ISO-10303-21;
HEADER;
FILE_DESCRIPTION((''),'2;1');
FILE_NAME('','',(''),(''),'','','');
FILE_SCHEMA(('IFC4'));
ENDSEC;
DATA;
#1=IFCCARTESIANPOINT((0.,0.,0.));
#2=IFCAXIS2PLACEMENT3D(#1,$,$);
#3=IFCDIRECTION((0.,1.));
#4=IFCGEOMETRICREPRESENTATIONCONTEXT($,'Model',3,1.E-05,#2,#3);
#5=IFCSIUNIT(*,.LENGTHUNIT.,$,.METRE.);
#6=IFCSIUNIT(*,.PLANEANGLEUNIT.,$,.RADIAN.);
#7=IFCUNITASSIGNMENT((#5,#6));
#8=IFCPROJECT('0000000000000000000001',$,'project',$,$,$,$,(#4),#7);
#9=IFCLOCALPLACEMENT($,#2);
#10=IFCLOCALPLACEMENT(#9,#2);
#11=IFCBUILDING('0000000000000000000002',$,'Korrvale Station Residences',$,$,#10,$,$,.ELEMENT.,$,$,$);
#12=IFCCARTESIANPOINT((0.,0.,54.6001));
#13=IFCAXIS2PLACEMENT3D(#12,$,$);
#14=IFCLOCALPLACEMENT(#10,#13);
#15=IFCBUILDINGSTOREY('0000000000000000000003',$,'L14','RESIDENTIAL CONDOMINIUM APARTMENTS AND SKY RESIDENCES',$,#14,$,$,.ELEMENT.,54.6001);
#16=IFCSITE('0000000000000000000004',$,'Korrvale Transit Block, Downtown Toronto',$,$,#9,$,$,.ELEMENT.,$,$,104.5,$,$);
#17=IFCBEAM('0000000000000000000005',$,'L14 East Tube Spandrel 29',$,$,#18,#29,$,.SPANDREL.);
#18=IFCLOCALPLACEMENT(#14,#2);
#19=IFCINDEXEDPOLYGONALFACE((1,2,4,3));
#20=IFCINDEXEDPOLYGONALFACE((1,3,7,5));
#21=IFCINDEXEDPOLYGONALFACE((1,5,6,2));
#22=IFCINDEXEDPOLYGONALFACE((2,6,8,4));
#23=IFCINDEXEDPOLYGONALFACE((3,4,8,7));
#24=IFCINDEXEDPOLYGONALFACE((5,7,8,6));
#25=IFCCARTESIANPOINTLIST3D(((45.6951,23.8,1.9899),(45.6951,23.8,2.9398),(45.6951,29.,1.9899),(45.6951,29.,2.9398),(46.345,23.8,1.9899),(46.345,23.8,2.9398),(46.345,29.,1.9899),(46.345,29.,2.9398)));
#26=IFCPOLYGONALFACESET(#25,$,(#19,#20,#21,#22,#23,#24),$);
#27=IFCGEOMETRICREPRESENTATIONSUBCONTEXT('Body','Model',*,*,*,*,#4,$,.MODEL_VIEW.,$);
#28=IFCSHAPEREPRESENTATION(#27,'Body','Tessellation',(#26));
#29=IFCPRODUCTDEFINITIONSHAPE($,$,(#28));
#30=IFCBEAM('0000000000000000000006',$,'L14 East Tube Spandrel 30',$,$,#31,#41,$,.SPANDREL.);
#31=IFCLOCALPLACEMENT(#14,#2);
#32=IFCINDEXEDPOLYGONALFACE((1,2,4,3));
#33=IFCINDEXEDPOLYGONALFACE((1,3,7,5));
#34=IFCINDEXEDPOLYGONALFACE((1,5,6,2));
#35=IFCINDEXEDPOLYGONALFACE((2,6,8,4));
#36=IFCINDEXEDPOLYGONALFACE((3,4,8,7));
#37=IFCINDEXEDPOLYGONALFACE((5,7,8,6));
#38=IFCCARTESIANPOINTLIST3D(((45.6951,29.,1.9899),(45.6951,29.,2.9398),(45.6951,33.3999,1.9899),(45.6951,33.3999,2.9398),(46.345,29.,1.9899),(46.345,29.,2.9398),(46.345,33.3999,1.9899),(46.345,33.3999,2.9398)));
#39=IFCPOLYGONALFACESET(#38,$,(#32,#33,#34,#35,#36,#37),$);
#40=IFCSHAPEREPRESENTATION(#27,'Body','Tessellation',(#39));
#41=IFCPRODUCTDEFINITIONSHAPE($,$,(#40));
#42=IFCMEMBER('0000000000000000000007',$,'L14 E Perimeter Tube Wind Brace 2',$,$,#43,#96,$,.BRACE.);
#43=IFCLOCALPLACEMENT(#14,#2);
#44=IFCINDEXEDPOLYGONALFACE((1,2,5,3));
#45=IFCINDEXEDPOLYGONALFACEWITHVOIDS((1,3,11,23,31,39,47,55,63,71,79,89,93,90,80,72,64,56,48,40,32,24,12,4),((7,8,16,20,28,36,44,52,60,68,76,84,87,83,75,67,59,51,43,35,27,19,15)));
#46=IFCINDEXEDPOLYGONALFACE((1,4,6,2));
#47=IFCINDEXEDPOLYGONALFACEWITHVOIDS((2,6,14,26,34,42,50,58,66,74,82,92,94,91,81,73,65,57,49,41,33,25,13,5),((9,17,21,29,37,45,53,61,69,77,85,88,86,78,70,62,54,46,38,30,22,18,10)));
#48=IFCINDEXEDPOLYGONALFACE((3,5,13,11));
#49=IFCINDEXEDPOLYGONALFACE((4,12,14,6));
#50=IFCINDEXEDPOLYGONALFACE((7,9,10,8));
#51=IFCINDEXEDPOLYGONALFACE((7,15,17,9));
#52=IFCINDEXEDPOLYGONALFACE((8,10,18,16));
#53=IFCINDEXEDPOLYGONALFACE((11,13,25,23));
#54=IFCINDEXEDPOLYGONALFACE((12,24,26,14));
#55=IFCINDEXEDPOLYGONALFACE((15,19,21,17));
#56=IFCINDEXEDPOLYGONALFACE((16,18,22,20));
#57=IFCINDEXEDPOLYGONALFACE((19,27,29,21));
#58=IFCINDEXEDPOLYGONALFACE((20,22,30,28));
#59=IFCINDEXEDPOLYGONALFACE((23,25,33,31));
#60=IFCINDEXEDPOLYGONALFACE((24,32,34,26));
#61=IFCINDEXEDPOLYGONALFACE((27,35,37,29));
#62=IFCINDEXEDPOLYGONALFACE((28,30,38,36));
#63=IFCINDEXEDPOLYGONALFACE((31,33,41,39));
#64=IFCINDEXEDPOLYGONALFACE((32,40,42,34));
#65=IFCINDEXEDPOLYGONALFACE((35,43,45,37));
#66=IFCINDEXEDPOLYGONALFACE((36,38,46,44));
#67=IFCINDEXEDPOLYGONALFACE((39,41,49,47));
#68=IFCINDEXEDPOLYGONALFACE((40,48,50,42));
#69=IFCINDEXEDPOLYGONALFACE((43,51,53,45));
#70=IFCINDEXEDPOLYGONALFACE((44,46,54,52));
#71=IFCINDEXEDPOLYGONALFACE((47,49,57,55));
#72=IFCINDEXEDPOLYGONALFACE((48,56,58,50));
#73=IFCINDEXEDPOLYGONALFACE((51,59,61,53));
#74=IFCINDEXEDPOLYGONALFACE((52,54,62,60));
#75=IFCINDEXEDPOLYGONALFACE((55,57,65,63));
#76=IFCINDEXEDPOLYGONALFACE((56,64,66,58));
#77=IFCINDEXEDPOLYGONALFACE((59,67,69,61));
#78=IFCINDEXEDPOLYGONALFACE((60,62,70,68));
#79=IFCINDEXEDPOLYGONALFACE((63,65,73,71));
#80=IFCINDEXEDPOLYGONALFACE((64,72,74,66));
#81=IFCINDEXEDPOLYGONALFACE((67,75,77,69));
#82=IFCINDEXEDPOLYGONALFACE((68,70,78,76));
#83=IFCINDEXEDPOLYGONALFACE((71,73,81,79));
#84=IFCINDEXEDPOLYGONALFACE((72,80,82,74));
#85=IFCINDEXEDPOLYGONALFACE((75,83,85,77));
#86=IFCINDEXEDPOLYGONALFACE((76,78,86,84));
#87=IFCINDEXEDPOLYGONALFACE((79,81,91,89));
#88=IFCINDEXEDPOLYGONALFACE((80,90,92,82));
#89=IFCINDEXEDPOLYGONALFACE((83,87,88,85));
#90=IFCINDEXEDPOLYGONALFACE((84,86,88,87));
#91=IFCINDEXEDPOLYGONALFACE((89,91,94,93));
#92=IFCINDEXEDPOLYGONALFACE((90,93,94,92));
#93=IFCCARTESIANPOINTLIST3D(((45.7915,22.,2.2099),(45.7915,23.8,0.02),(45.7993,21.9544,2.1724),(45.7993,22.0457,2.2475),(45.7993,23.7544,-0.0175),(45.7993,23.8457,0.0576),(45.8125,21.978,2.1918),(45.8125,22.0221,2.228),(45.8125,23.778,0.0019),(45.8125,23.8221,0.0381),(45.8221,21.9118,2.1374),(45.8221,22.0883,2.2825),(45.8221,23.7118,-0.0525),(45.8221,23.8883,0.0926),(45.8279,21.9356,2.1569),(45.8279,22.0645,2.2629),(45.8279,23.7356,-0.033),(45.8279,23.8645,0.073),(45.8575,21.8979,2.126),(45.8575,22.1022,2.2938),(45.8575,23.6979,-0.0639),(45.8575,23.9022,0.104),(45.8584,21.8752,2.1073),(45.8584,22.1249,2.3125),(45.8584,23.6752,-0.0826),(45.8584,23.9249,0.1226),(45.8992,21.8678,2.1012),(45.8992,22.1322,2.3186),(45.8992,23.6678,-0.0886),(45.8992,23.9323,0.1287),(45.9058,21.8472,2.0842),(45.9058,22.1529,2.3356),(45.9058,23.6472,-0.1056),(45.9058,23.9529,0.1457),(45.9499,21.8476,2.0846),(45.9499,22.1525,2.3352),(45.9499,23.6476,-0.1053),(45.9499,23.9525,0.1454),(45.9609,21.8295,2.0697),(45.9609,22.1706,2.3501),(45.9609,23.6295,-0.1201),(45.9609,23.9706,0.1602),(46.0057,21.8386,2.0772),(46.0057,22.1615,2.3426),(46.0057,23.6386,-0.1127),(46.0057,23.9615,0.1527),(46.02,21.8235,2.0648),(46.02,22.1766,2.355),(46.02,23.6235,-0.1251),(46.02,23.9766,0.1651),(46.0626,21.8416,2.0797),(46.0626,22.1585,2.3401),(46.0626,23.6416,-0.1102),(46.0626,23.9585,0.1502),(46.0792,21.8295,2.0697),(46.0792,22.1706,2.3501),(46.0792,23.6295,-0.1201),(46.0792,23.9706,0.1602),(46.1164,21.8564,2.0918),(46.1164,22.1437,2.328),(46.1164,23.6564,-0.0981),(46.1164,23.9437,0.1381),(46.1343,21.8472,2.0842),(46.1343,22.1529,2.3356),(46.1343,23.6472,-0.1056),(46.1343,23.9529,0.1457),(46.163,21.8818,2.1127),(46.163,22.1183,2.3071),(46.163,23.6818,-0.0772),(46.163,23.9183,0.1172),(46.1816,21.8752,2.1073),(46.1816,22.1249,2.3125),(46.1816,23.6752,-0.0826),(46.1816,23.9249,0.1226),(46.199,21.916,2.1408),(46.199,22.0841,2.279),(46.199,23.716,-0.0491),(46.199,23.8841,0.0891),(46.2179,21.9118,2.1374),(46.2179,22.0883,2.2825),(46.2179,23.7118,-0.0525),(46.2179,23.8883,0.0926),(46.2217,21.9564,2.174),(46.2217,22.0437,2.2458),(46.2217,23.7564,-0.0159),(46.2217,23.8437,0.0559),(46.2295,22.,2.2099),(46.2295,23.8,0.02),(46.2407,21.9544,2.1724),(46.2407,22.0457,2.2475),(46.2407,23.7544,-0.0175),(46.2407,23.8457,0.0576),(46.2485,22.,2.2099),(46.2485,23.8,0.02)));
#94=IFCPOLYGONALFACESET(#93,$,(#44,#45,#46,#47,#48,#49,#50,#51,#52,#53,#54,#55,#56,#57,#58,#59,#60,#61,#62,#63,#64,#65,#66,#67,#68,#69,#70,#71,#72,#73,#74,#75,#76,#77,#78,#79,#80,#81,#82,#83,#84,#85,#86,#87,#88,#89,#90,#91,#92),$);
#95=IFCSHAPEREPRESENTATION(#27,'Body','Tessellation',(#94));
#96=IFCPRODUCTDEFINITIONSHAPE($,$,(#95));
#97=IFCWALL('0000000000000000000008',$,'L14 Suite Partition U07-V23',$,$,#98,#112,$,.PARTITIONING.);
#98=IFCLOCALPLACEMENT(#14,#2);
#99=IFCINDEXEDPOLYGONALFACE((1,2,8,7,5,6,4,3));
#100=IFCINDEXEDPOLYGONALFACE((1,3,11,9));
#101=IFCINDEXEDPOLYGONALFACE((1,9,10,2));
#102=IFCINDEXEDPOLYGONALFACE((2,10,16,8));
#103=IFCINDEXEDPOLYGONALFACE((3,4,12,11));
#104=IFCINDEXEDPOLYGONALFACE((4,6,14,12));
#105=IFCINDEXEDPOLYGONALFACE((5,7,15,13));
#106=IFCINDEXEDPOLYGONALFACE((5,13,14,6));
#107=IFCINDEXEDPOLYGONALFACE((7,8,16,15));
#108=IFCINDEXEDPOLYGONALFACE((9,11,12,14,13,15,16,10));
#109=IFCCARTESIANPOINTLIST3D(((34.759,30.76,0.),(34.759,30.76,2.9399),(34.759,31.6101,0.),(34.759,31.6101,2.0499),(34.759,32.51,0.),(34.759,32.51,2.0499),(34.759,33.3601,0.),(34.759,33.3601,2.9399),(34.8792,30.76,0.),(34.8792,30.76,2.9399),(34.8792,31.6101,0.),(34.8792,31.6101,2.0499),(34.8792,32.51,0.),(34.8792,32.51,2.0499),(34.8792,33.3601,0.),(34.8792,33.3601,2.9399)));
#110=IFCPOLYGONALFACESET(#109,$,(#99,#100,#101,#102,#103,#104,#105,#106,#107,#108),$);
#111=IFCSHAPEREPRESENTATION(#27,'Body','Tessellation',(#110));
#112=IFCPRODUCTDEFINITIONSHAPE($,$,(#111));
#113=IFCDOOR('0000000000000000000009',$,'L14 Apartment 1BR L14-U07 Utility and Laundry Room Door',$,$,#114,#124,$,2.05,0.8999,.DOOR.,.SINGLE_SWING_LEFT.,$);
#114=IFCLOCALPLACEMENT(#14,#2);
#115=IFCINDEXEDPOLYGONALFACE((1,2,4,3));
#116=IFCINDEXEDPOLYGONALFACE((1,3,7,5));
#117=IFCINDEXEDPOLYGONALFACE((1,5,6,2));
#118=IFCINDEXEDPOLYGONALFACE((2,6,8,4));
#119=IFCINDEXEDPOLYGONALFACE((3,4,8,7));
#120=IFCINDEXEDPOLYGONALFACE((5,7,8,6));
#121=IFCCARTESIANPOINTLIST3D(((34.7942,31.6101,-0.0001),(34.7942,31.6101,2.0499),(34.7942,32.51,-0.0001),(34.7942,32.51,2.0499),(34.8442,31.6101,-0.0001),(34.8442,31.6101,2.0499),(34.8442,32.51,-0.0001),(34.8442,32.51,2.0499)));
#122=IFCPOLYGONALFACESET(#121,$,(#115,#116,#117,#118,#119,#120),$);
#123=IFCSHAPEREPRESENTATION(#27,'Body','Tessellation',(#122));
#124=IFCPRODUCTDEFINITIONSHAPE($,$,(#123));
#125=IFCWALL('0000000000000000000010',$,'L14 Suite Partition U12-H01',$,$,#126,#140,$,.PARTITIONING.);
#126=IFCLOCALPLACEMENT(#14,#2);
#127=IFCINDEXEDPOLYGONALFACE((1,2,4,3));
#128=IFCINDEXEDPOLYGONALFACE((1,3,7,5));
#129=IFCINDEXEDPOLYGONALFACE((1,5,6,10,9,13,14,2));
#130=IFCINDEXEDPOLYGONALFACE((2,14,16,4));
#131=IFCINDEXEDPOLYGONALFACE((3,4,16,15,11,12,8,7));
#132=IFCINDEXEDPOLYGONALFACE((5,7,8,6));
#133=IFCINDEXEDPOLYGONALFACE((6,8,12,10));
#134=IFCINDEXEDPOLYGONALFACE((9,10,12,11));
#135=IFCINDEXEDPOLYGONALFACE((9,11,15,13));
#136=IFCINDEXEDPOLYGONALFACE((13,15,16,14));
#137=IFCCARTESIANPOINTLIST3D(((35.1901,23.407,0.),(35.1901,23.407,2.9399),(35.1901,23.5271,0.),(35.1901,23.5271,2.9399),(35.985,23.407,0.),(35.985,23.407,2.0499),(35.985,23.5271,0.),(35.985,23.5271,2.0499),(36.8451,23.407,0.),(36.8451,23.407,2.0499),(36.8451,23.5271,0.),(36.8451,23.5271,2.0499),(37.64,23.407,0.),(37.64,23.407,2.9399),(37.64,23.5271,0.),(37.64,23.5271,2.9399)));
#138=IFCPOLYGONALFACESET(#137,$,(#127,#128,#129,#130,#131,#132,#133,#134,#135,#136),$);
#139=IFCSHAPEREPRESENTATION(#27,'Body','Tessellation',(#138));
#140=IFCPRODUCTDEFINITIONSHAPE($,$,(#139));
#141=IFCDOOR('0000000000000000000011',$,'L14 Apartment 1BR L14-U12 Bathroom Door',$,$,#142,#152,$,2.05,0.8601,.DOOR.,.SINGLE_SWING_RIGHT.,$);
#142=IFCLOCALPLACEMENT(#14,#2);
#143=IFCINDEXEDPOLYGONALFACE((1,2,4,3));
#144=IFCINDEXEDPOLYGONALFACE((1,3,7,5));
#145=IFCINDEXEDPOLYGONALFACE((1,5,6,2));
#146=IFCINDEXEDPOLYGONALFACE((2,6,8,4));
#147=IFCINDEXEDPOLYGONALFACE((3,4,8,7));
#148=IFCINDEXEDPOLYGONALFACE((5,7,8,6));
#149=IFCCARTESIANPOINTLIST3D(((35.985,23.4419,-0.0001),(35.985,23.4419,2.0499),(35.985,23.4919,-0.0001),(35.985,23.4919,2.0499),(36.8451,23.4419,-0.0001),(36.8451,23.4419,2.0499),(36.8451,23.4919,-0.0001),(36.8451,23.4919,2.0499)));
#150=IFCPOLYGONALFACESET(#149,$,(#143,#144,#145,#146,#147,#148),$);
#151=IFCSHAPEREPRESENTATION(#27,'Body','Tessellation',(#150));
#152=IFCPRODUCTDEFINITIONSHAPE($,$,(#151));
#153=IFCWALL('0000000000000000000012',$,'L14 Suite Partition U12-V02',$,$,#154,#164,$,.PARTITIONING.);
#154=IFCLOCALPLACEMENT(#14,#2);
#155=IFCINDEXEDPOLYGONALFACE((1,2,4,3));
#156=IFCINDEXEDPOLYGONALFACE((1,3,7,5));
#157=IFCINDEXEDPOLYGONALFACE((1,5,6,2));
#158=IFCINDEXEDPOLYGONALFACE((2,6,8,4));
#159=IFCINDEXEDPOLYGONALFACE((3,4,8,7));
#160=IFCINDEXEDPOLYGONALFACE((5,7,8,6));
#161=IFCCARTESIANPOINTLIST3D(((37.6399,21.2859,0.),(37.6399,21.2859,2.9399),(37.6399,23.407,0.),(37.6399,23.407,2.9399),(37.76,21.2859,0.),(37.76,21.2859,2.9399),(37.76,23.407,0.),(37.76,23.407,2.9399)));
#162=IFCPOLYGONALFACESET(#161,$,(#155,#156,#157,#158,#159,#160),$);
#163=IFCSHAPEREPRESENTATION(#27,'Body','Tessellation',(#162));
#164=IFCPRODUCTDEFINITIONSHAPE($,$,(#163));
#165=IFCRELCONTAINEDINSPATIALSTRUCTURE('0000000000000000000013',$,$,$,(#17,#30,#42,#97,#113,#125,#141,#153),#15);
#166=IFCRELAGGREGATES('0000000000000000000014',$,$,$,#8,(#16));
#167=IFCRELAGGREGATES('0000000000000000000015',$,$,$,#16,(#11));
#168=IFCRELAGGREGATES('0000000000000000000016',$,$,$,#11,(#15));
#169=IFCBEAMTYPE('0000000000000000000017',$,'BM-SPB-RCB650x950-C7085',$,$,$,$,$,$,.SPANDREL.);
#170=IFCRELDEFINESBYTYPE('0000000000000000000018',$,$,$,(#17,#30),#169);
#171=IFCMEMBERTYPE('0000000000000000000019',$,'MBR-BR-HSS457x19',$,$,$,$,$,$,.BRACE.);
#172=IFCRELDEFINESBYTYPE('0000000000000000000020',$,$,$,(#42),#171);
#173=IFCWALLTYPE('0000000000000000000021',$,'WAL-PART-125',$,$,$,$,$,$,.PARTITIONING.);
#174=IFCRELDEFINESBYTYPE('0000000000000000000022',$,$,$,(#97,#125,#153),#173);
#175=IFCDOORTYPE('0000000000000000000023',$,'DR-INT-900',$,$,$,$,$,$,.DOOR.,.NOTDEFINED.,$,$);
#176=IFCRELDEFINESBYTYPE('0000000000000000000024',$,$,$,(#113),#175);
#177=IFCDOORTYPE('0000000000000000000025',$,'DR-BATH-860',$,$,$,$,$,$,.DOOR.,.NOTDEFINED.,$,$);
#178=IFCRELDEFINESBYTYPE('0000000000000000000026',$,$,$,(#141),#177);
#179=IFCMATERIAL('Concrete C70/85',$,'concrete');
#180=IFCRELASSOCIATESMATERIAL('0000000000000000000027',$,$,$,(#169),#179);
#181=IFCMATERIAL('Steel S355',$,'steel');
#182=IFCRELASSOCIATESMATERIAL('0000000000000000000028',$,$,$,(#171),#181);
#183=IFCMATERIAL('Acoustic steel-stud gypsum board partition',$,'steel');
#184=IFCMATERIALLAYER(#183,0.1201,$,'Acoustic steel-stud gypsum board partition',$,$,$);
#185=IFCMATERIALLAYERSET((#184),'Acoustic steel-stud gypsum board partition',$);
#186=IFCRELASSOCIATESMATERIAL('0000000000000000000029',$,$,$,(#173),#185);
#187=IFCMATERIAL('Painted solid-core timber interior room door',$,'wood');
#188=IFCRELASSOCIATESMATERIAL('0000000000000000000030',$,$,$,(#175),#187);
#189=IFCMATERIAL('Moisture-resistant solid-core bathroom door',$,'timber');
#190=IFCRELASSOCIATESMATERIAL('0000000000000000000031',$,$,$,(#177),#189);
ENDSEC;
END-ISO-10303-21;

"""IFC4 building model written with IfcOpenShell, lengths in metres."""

from ifc_helpers import new_model, si_unit, direction, frame, frame_2d, origin, origin_2d, place, context, subcontext, project, spatial, rectangle, hollow_circle, extrude, material, layer, layer_set, material_profile, profile_set, type_object, element, fill, save


model = new_model("IFC4")

# Units and contexts
model_context = context("Model", 3, precision=1e-05, world=origin(), true_north=direction((0.0, 1.0)))
body_context = subcontext(model_context, "Body", "Model", "MODEL_VIEW")
ifc_project = project(units=[si_unit("LENGTHUNIT", "METRE"), si_unit("PLANEANGLEUNIT", "RADIAN")], contexts=[model_context])

# Site, building, storey
site_placement = place(None, origin())
site = spatial("IfcSite", under=ifc_project, at=site_placement, Name="Korrvale Transit Block, Downtown Toronto", CompositionType="ELEMENT", RefElevation=104.5)
building_placement = place(site_placement, origin())
building = spatial("IfcBuilding", under=site, at=building_placement, Name="Korrvale Station Residences", CompositionType="ELEMENT")
storey_placement = place(building_placement, frame((0.0, 0.0, 54.6001)))
storey = spatial("IfcBuildingStorey", under=building, at=storey_placement, Name="L14", Description="RESIDENTIAL CONDOMINIUM APARTMENTS AND SKY RESIDENCES", CompositionType="ELEMENT", Elevation=54.6001)

# Shared definitions
ifc_material_1 = material(Name="Concrete C70/85", Category="concrete")

# Beams
ifc_material_2 = material(Name="Steel S355", Category="steel")
ifc_material_profile_1 = material_profile(ifc_material_1, rectangle(XDim=0.6499, YDim=0.95, at=origin_2d()), Name="RCB650x950")
ifc_profile_set_1 = profile_set([ifc_material_profile_1], Name="Concrete C70/85")
beam_type_1 = type_object("IfcBeamType", Name="BM-SPB-RCB650x950-C7085", PredefinedType="SPANDREL", material=ifc_profile_set_1)
beam_1_placement = place(storey_placement, frame((46.02, 23.8, 2.4648), z_axis=(0.0, 1.0, 0.0), x_axis=(-1.0, 0.0, 0.0)))
element("IfcBeam", 1, at=beam_1_placement, inside=storey, type_object=beam_type_1, Name="L14 East Tube Spandrel 29", PredefinedType="SPANDREL", context=body_context, shape_type="SweptSolid", body=[
    extrude(rectangle(XDim=0.6499, YDim=0.95, at=origin_2d()), origin(), (0.0, 0.0, 1.0), 5.2),
])
beam_2_placement = place(storey_placement, frame((46.02, 29.0, 2.4648), z_axis=(0.0, 1.0, 0.0), x_axis=(-1.0, 0.0, 0.0)))
element("IfcBeam", 2, at=beam_2_placement, inside=storey, type_object=beam_type_1, Name="L14 East Tube Spandrel 30", PredefinedType="SPANDREL", context=body_context, shape_type="SweptSolid", body=[
    extrude(rectangle(XDim=0.6499, YDim=0.95, at=origin_2d()), origin(), (0.0, 0.0, 1.0), 4.3999),
])

# Member
ifc_material_profile_2 = material_profile(ifc_material_2, hollow_circle(Radius=0.2285, WallThickness=0.019, at=origin_2d()), Name="HSS457x19")
ifc_profile_set_2 = profile_set([ifc_material_profile_2], Name="Steel S355")
member_type = type_object("IfcMemberType", Name="MBR-BR-HSS457x19", PredefinedType="BRACE", material=ifc_profile_set_2)
member_placement = place(storey_placement, frame((46.02, 23.8, 0.02), z_axis=(0.0, -0.634985, 0.772524), x_axis=(1.0, 0.0, 0.0)))
element("IfcMember", 3, at=member_placement, inside=storey, type_object=member_type, Name="L14 E Perimeter Tube Wind Brace 2", PredefinedType="BRACE", context=body_context, shape_type="SweptSolid", body=[
    extrude(hollow_circle(Radius=0.2285, WallThickness=0.019, at=origin_2d()), origin(), (0.0, 0.0, 1.0), 2.8347),
])

# Walls, openings, doors
ifc_material_3 = material(Name="Acoustic steel-stud gypsum board partition", Category="steel")
ifc_layer_1 = layer(ifc_material_3, 0.1201, Name="Acoustic steel-stud gypsum board partition")
ifc_layer_set_1 = layer_set([ifc_layer_1], Name="Acoustic steel-stud gypsum board partition")
wall_type_1 = type_object("IfcWallType", Name="WAL-PART-125", PredefinedType="PARTITIONING", material=ifc_layer_set_1)
wall_1_placement = place(storey_placement, frame((34.8191, 30.76, 0.0), z_axis=(0.0, 0.0, 1.0), x_axis=(0.0, 1.0, 0.0)))
wall_1 = element("IfcWall", 4, at=wall_1_placement, inside=storey, type_object=wall_type_1, Name="L14 Suite Partition U07-V23", PredefinedType="PARTITIONING", context=body_context, shape_type="SweptSolid", body=[
    extrude(rectangle(XDim=2.6001, YDim=0.1201, at=frame_2d((1.3, 0.0))), origin(), (0.0, 0.0, 1.0), 2.9399),
])
opening_1_placement = place(wall_1_placement, frame((0.8501, 0.0, 0.0)))
opening_1 = element("IfcOpeningElement", 5, at=opening_1_placement, cuts=wall_1, PredefinedType="OPENING", context=body_context, shape_type="SweptSolid", body=[
    extrude(rectangle(XDim=0.8999, YDim=2.05, at=frame_2d((0.45, 1.0249))), frame((0.0, 0.0701, 0.0), z_axis=(0.0, -1.0, 0.0), x_axis=(1.0, 0.0, 0.0)), (0.0, 0.0, 1.0), 0.1401),
])
ifc_material_4 = material(Name="Painted solid-core timber interior room door", Category="wood")
door_type_1 = type_object("IfcDoorType", Name="DR-INT-900", OperationType="NOTDEFINED", PredefinedType="DOOR", material=ifc_material_4)
door_1_placement = place(opening_1_placement, origin())
door_1 = element("IfcDoor", 6, at=door_1_placement, inside=storey, type_object=door_type_1, Name="L14 Apartment 1BR L14-U07 Utility and Laundry Room Door", OperationType="SINGLE_SWING_LEFT", OverallHeight=2.05, OverallWidth=0.8999, PredefinedType="DOOR", context=body_context, shape_type="SweptSolid", body=[
    extrude(rectangle(XDim=0.8999, YDim=2.05, at=frame_2d((0.45, 1.0249))), frame((0.0, 0.0249, 0.0), z_axis=(0.0, -1.0, 0.0), x_axis=(1.0, 0.0, 0.0)), (0.0, 0.0, 1.0), 0.05),
])
fill(opening_1, door_1)
wall_2_placement = place(storey_placement, frame((35.1899, 23.467, 0.0), z_axis=(0.0, 0.0, 1.0), x_axis=(1.0, 0.0, 0.0)))
wall_2 = element("IfcWall", 7, at=wall_2_placement, inside=storey, type_object=wall_type_1, Name="L14 Suite Partition U12-H01", PredefinedType="PARTITIONING", context=body_context, shape_type="SweptSolid", body=[
    extrude(rectangle(XDim=2.45, YDim=0.1201, at=frame_2d((1.2251, 0.0))), origin(), (0.0, 0.0, 1.0), 2.9399),
])
opening_2_placement = place(wall_2_placement, frame((0.7949, 0.0, 0.0)))
opening_2 = element("IfcOpeningElement", 8, at=opening_2_placement, cuts=wall_2, PredefinedType="OPENING", context=body_context, shape_type="SweptSolid", body=[
    extrude(rectangle(XDim=0.8601, YDim=2.05, at=frame_2d((0.4302, 1.0249))), frame((0.0, 0.0701, 0.0), z_axis=(0.0, -1.0, 0.0), x_axis=(1.0, 0.0, 0.0)), (0.0, 0.0, 1.0), 0.1401),
])
ifc_material_5 = material(Name="Moisture-resistant solid-core bathroom door", Category="timber")
door_type_2 = type_object("IfcDoorType", Name="DR-BATH-860", OperationType="NOTDEFINED", PredefinedType="DOOR", material=ifc_material_5)
door_2_placement = place(opening_2_placement, origin())
door_2 = element("IfcDoor", 9, at=door_2_placement, inside=storey, type_object=door_type_2, Name="L14 Apartment 1BR L14-U12 Bathroom Door", OperationType="SINGLE_SWING_RIGHT", OverallHeight=2.05, OverallWidth=0.8601, PredefinedType="DOOR", context=body_context, shape_type="SweptSolid", body=[
    extrude(rectangle(XDim=0.8601, YDim=2.05, at=frame_2d((0.4302, 1.0249))), frame((0.0, 0.0249, 0.0), z_axis=(0.0, -1.0, 0.0), x_axis=(1.0, 0.0, 0.0)), (0.0, 0.0, 1.0), 0.05),
])
fill(opening_2, door_2)

# Wall
wall_3_placement = place(storey_placement, frame((37.7, 21.2859, 0.0), z_axis=(0.0, 0.0, 1.0), x_axis=(0.0, 1.0, 0.0)))
element("IfcWall", 10, at=wall_3_placement, inside=storey, type_object=wall_type_1, Name="L14 Suite Partition U12-V02", PredefinedType="PARTITIONING", context=body_context, shape_type="SweptSolid", body=[
    extrude(rectangle(XDim=2.1211, YDim=0.1201, at=frame_2d((1.0605, 0.0))), origin(), (0.0, 0.0, 1.0), 2.9399),
])

save(model, "model.ifc")
